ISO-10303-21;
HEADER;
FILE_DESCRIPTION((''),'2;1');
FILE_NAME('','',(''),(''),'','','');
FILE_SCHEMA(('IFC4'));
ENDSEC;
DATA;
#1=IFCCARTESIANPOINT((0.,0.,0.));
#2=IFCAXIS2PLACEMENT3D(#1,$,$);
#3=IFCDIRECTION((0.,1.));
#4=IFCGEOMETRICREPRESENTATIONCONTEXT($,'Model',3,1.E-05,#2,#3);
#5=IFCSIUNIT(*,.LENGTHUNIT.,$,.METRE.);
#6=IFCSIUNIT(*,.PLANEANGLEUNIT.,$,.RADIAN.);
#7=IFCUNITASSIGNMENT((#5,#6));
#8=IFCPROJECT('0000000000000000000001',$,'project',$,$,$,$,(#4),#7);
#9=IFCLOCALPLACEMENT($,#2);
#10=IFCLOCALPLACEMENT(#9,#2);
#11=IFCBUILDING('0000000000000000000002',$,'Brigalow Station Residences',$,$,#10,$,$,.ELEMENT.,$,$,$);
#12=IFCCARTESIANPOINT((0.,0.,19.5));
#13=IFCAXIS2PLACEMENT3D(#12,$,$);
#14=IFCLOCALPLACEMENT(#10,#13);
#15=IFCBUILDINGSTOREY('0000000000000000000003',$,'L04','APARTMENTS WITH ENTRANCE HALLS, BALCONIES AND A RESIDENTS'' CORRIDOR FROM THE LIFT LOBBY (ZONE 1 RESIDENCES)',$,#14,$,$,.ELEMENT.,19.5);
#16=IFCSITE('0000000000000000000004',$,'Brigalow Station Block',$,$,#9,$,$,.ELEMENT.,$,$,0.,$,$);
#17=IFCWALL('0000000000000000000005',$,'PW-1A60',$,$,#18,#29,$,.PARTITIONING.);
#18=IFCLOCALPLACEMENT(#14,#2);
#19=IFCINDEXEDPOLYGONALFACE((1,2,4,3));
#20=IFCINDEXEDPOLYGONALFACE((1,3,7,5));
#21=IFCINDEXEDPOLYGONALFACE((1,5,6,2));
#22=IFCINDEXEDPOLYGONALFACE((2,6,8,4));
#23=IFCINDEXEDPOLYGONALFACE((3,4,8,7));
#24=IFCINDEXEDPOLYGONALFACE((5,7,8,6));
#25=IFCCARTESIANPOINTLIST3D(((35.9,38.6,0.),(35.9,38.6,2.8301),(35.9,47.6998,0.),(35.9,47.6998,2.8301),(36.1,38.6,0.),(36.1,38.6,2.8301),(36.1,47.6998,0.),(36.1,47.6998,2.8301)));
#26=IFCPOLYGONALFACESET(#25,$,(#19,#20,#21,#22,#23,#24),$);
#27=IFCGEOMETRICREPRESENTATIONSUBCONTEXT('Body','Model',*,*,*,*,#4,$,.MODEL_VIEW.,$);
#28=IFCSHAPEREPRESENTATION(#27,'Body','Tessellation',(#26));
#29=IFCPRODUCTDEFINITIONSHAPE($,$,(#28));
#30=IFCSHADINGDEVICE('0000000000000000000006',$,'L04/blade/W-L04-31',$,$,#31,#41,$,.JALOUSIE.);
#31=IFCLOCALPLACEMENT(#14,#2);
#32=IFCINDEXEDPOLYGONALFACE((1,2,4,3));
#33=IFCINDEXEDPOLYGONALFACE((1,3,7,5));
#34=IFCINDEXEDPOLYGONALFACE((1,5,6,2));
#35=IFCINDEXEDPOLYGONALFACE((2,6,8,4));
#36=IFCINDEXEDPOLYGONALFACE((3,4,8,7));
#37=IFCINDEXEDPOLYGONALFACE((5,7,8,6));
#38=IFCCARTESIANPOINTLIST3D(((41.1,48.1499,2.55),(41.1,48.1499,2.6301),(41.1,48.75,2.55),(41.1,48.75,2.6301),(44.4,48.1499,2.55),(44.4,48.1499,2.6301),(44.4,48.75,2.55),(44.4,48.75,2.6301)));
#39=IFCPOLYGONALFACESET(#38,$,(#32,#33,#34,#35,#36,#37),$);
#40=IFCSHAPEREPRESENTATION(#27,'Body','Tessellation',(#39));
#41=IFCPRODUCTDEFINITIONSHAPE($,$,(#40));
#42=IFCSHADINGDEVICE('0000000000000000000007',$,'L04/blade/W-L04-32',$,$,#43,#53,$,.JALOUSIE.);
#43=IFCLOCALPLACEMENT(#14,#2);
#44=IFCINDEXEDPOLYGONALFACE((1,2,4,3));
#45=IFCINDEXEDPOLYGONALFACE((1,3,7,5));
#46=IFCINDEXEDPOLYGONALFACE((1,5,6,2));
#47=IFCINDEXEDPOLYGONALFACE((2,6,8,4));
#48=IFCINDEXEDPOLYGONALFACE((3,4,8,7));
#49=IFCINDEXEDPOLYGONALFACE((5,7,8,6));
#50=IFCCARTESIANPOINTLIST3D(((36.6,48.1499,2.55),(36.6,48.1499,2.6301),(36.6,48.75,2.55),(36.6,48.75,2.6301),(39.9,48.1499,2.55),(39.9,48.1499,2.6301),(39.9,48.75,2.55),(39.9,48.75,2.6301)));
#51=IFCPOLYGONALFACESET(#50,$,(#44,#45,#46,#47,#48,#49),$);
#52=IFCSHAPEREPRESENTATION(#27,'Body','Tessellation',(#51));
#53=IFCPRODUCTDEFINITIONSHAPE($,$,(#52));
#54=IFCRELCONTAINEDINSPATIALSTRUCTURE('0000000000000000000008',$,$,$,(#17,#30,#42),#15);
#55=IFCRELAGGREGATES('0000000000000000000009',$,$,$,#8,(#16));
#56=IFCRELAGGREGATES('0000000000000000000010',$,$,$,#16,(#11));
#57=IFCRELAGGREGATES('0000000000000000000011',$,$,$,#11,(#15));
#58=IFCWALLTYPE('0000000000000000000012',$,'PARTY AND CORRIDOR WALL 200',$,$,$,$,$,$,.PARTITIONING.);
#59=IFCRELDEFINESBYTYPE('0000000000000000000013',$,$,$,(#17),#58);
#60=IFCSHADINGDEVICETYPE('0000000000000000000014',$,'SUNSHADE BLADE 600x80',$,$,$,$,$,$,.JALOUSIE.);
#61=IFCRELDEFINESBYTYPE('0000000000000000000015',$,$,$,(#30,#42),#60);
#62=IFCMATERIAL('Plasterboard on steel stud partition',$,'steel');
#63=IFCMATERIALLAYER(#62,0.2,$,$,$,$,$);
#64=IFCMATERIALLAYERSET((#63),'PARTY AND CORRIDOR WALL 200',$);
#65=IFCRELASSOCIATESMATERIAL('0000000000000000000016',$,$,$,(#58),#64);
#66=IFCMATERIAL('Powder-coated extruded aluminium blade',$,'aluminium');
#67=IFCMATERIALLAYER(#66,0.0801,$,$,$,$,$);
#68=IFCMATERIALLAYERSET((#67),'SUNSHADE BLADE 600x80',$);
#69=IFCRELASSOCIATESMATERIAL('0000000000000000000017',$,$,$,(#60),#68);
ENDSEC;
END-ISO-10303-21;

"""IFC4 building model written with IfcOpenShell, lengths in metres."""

from ifc_helpers import new_model, si_unit, direction, frame, frame_2d, origin, origin_2d, place, context, subcontext, project, spatial, rectangle, extrude, material, layer, layer_set, type_object, element, save


model = new_model("IFC4")

# Units and contexts
model_context = context("Model", 3, precision=1e-05, world=origin(), true_north=direction((0.0, 1.0)))
body_context = subcontext(model_context, "Body", "Model", "MODEL_VIEW")
ifc_project = project(units=[si_unit("LENGTHUNIT", "METRE"), si_unit("PLANEANGLEUNIT", "RADIAN")], contexts=[model_context])

# Site, building, storey
site_placement = place(None, origin())
site = spatial("IfcSite", under=ifc_project, at=site_placement, Name="Brigalow Station Block", CompositionType="ELEMENT", RefElevation=0.0)
building_placement = place(site_placement, origin())
building = spatial("IfcBuilding", under=site, at=building_placement, Name="Brigalow Station Residences", CompositionType="ELEMENT")
storey_placement = place(building_placement, frame((0.0, 0.0, 19.5)))
storey = spatial("IfcBuildingStorey", under=building, at=storey_placement, Name="L04", Description="APARTMENTS WITH ENTRANCE HALLS, BALCONIES AND A RESIDENTS' CORRIDOR FROM THE LIFT LOBBY (ZONE 1 RESIDENCES)", CompositionType="ELEMENT", Elevation=19.5)

# Wall
ifc_material_1 = material(Name="Plasterboard on steel stud partition", Category="steel")
ifc_layer_1 = layer(ifc_material_1, 0.2)
ifc_layer_set_1 = layer_set([ifc_layer_1], Name="PARTY AND CORRIDOR WALL 200")
wall_type_1 = type_object("IfcWallType", Name="PARTY AND CORRIDOR WALL 200", PredefinedType="PARTITIONING", material=ifc_layer_set_1)
wall_1_placement = place(storey_placement, frame((36.0, 38.6001, 0.0), z_axis=(0.0, 0.0, 1.0), x_axis=(0.0, 1.0, 0.0)))
element("IfcWall", 1, at=wall_1_placement, inside=storey, type_object=wall_type_1, Name="PW-1A60", PredefinedType="PARTITIONING", context=body_context, shape_type="SweptSolid", body=[
    extrude(rectangle(XDim=9.0999, YDim=0.2, at=frame_2d((4.5498, 0.0))), origin(), (0.0, 0.0, 1.0), 2.8301),
])

# Shading devices
ifc_material_2 = material(Name="Powder-coated extruded aluminium blade", Category="aluminium")
ifc_layer_2 = layer(ifc_material_2, 0.0801)
ifc_layer_set_2 = layer_set([ifc_layer_2], Name="SUNSHADE BLADE 600x80")
shading_device_type = type_object("IfcShadingDeviceType", Name="SUNSHADE BLADE 600x80", PredefinedType="JALOUSIE", material=ifc_layer_set_2)
for number, where, z_axis, x_axis, name in (
    (2, (42.75, 48.45, 2.55), (0.0, 0.0, 1.0), (-1.0, 0.0, 0.0), "L04/blade/W-L04-31"),
    (3, (38.25, 48.45, 2.55), (0.0, 0.0, 1.0), (-1.0, 0.0, 0.0), "L04/blade/W-L04-32"),
):
    element("IfcShadingDevice", number, at=place(storey_placement, frame(where, z_axis=z_axis, x_axis=x_axis)), inside=storey, type_object=shading_device_type, Name=name, PredefinedType="JALOUSIE", context=body_context, shape_type="SweptSolid", body=[
        extrude(rectangle(XDim=3.3, YDim=0.6001, at=origin_2d()), origin(), (0.0, 0.0, 1.0), 0.0801),
    ])

save(model, "model.ifc")
